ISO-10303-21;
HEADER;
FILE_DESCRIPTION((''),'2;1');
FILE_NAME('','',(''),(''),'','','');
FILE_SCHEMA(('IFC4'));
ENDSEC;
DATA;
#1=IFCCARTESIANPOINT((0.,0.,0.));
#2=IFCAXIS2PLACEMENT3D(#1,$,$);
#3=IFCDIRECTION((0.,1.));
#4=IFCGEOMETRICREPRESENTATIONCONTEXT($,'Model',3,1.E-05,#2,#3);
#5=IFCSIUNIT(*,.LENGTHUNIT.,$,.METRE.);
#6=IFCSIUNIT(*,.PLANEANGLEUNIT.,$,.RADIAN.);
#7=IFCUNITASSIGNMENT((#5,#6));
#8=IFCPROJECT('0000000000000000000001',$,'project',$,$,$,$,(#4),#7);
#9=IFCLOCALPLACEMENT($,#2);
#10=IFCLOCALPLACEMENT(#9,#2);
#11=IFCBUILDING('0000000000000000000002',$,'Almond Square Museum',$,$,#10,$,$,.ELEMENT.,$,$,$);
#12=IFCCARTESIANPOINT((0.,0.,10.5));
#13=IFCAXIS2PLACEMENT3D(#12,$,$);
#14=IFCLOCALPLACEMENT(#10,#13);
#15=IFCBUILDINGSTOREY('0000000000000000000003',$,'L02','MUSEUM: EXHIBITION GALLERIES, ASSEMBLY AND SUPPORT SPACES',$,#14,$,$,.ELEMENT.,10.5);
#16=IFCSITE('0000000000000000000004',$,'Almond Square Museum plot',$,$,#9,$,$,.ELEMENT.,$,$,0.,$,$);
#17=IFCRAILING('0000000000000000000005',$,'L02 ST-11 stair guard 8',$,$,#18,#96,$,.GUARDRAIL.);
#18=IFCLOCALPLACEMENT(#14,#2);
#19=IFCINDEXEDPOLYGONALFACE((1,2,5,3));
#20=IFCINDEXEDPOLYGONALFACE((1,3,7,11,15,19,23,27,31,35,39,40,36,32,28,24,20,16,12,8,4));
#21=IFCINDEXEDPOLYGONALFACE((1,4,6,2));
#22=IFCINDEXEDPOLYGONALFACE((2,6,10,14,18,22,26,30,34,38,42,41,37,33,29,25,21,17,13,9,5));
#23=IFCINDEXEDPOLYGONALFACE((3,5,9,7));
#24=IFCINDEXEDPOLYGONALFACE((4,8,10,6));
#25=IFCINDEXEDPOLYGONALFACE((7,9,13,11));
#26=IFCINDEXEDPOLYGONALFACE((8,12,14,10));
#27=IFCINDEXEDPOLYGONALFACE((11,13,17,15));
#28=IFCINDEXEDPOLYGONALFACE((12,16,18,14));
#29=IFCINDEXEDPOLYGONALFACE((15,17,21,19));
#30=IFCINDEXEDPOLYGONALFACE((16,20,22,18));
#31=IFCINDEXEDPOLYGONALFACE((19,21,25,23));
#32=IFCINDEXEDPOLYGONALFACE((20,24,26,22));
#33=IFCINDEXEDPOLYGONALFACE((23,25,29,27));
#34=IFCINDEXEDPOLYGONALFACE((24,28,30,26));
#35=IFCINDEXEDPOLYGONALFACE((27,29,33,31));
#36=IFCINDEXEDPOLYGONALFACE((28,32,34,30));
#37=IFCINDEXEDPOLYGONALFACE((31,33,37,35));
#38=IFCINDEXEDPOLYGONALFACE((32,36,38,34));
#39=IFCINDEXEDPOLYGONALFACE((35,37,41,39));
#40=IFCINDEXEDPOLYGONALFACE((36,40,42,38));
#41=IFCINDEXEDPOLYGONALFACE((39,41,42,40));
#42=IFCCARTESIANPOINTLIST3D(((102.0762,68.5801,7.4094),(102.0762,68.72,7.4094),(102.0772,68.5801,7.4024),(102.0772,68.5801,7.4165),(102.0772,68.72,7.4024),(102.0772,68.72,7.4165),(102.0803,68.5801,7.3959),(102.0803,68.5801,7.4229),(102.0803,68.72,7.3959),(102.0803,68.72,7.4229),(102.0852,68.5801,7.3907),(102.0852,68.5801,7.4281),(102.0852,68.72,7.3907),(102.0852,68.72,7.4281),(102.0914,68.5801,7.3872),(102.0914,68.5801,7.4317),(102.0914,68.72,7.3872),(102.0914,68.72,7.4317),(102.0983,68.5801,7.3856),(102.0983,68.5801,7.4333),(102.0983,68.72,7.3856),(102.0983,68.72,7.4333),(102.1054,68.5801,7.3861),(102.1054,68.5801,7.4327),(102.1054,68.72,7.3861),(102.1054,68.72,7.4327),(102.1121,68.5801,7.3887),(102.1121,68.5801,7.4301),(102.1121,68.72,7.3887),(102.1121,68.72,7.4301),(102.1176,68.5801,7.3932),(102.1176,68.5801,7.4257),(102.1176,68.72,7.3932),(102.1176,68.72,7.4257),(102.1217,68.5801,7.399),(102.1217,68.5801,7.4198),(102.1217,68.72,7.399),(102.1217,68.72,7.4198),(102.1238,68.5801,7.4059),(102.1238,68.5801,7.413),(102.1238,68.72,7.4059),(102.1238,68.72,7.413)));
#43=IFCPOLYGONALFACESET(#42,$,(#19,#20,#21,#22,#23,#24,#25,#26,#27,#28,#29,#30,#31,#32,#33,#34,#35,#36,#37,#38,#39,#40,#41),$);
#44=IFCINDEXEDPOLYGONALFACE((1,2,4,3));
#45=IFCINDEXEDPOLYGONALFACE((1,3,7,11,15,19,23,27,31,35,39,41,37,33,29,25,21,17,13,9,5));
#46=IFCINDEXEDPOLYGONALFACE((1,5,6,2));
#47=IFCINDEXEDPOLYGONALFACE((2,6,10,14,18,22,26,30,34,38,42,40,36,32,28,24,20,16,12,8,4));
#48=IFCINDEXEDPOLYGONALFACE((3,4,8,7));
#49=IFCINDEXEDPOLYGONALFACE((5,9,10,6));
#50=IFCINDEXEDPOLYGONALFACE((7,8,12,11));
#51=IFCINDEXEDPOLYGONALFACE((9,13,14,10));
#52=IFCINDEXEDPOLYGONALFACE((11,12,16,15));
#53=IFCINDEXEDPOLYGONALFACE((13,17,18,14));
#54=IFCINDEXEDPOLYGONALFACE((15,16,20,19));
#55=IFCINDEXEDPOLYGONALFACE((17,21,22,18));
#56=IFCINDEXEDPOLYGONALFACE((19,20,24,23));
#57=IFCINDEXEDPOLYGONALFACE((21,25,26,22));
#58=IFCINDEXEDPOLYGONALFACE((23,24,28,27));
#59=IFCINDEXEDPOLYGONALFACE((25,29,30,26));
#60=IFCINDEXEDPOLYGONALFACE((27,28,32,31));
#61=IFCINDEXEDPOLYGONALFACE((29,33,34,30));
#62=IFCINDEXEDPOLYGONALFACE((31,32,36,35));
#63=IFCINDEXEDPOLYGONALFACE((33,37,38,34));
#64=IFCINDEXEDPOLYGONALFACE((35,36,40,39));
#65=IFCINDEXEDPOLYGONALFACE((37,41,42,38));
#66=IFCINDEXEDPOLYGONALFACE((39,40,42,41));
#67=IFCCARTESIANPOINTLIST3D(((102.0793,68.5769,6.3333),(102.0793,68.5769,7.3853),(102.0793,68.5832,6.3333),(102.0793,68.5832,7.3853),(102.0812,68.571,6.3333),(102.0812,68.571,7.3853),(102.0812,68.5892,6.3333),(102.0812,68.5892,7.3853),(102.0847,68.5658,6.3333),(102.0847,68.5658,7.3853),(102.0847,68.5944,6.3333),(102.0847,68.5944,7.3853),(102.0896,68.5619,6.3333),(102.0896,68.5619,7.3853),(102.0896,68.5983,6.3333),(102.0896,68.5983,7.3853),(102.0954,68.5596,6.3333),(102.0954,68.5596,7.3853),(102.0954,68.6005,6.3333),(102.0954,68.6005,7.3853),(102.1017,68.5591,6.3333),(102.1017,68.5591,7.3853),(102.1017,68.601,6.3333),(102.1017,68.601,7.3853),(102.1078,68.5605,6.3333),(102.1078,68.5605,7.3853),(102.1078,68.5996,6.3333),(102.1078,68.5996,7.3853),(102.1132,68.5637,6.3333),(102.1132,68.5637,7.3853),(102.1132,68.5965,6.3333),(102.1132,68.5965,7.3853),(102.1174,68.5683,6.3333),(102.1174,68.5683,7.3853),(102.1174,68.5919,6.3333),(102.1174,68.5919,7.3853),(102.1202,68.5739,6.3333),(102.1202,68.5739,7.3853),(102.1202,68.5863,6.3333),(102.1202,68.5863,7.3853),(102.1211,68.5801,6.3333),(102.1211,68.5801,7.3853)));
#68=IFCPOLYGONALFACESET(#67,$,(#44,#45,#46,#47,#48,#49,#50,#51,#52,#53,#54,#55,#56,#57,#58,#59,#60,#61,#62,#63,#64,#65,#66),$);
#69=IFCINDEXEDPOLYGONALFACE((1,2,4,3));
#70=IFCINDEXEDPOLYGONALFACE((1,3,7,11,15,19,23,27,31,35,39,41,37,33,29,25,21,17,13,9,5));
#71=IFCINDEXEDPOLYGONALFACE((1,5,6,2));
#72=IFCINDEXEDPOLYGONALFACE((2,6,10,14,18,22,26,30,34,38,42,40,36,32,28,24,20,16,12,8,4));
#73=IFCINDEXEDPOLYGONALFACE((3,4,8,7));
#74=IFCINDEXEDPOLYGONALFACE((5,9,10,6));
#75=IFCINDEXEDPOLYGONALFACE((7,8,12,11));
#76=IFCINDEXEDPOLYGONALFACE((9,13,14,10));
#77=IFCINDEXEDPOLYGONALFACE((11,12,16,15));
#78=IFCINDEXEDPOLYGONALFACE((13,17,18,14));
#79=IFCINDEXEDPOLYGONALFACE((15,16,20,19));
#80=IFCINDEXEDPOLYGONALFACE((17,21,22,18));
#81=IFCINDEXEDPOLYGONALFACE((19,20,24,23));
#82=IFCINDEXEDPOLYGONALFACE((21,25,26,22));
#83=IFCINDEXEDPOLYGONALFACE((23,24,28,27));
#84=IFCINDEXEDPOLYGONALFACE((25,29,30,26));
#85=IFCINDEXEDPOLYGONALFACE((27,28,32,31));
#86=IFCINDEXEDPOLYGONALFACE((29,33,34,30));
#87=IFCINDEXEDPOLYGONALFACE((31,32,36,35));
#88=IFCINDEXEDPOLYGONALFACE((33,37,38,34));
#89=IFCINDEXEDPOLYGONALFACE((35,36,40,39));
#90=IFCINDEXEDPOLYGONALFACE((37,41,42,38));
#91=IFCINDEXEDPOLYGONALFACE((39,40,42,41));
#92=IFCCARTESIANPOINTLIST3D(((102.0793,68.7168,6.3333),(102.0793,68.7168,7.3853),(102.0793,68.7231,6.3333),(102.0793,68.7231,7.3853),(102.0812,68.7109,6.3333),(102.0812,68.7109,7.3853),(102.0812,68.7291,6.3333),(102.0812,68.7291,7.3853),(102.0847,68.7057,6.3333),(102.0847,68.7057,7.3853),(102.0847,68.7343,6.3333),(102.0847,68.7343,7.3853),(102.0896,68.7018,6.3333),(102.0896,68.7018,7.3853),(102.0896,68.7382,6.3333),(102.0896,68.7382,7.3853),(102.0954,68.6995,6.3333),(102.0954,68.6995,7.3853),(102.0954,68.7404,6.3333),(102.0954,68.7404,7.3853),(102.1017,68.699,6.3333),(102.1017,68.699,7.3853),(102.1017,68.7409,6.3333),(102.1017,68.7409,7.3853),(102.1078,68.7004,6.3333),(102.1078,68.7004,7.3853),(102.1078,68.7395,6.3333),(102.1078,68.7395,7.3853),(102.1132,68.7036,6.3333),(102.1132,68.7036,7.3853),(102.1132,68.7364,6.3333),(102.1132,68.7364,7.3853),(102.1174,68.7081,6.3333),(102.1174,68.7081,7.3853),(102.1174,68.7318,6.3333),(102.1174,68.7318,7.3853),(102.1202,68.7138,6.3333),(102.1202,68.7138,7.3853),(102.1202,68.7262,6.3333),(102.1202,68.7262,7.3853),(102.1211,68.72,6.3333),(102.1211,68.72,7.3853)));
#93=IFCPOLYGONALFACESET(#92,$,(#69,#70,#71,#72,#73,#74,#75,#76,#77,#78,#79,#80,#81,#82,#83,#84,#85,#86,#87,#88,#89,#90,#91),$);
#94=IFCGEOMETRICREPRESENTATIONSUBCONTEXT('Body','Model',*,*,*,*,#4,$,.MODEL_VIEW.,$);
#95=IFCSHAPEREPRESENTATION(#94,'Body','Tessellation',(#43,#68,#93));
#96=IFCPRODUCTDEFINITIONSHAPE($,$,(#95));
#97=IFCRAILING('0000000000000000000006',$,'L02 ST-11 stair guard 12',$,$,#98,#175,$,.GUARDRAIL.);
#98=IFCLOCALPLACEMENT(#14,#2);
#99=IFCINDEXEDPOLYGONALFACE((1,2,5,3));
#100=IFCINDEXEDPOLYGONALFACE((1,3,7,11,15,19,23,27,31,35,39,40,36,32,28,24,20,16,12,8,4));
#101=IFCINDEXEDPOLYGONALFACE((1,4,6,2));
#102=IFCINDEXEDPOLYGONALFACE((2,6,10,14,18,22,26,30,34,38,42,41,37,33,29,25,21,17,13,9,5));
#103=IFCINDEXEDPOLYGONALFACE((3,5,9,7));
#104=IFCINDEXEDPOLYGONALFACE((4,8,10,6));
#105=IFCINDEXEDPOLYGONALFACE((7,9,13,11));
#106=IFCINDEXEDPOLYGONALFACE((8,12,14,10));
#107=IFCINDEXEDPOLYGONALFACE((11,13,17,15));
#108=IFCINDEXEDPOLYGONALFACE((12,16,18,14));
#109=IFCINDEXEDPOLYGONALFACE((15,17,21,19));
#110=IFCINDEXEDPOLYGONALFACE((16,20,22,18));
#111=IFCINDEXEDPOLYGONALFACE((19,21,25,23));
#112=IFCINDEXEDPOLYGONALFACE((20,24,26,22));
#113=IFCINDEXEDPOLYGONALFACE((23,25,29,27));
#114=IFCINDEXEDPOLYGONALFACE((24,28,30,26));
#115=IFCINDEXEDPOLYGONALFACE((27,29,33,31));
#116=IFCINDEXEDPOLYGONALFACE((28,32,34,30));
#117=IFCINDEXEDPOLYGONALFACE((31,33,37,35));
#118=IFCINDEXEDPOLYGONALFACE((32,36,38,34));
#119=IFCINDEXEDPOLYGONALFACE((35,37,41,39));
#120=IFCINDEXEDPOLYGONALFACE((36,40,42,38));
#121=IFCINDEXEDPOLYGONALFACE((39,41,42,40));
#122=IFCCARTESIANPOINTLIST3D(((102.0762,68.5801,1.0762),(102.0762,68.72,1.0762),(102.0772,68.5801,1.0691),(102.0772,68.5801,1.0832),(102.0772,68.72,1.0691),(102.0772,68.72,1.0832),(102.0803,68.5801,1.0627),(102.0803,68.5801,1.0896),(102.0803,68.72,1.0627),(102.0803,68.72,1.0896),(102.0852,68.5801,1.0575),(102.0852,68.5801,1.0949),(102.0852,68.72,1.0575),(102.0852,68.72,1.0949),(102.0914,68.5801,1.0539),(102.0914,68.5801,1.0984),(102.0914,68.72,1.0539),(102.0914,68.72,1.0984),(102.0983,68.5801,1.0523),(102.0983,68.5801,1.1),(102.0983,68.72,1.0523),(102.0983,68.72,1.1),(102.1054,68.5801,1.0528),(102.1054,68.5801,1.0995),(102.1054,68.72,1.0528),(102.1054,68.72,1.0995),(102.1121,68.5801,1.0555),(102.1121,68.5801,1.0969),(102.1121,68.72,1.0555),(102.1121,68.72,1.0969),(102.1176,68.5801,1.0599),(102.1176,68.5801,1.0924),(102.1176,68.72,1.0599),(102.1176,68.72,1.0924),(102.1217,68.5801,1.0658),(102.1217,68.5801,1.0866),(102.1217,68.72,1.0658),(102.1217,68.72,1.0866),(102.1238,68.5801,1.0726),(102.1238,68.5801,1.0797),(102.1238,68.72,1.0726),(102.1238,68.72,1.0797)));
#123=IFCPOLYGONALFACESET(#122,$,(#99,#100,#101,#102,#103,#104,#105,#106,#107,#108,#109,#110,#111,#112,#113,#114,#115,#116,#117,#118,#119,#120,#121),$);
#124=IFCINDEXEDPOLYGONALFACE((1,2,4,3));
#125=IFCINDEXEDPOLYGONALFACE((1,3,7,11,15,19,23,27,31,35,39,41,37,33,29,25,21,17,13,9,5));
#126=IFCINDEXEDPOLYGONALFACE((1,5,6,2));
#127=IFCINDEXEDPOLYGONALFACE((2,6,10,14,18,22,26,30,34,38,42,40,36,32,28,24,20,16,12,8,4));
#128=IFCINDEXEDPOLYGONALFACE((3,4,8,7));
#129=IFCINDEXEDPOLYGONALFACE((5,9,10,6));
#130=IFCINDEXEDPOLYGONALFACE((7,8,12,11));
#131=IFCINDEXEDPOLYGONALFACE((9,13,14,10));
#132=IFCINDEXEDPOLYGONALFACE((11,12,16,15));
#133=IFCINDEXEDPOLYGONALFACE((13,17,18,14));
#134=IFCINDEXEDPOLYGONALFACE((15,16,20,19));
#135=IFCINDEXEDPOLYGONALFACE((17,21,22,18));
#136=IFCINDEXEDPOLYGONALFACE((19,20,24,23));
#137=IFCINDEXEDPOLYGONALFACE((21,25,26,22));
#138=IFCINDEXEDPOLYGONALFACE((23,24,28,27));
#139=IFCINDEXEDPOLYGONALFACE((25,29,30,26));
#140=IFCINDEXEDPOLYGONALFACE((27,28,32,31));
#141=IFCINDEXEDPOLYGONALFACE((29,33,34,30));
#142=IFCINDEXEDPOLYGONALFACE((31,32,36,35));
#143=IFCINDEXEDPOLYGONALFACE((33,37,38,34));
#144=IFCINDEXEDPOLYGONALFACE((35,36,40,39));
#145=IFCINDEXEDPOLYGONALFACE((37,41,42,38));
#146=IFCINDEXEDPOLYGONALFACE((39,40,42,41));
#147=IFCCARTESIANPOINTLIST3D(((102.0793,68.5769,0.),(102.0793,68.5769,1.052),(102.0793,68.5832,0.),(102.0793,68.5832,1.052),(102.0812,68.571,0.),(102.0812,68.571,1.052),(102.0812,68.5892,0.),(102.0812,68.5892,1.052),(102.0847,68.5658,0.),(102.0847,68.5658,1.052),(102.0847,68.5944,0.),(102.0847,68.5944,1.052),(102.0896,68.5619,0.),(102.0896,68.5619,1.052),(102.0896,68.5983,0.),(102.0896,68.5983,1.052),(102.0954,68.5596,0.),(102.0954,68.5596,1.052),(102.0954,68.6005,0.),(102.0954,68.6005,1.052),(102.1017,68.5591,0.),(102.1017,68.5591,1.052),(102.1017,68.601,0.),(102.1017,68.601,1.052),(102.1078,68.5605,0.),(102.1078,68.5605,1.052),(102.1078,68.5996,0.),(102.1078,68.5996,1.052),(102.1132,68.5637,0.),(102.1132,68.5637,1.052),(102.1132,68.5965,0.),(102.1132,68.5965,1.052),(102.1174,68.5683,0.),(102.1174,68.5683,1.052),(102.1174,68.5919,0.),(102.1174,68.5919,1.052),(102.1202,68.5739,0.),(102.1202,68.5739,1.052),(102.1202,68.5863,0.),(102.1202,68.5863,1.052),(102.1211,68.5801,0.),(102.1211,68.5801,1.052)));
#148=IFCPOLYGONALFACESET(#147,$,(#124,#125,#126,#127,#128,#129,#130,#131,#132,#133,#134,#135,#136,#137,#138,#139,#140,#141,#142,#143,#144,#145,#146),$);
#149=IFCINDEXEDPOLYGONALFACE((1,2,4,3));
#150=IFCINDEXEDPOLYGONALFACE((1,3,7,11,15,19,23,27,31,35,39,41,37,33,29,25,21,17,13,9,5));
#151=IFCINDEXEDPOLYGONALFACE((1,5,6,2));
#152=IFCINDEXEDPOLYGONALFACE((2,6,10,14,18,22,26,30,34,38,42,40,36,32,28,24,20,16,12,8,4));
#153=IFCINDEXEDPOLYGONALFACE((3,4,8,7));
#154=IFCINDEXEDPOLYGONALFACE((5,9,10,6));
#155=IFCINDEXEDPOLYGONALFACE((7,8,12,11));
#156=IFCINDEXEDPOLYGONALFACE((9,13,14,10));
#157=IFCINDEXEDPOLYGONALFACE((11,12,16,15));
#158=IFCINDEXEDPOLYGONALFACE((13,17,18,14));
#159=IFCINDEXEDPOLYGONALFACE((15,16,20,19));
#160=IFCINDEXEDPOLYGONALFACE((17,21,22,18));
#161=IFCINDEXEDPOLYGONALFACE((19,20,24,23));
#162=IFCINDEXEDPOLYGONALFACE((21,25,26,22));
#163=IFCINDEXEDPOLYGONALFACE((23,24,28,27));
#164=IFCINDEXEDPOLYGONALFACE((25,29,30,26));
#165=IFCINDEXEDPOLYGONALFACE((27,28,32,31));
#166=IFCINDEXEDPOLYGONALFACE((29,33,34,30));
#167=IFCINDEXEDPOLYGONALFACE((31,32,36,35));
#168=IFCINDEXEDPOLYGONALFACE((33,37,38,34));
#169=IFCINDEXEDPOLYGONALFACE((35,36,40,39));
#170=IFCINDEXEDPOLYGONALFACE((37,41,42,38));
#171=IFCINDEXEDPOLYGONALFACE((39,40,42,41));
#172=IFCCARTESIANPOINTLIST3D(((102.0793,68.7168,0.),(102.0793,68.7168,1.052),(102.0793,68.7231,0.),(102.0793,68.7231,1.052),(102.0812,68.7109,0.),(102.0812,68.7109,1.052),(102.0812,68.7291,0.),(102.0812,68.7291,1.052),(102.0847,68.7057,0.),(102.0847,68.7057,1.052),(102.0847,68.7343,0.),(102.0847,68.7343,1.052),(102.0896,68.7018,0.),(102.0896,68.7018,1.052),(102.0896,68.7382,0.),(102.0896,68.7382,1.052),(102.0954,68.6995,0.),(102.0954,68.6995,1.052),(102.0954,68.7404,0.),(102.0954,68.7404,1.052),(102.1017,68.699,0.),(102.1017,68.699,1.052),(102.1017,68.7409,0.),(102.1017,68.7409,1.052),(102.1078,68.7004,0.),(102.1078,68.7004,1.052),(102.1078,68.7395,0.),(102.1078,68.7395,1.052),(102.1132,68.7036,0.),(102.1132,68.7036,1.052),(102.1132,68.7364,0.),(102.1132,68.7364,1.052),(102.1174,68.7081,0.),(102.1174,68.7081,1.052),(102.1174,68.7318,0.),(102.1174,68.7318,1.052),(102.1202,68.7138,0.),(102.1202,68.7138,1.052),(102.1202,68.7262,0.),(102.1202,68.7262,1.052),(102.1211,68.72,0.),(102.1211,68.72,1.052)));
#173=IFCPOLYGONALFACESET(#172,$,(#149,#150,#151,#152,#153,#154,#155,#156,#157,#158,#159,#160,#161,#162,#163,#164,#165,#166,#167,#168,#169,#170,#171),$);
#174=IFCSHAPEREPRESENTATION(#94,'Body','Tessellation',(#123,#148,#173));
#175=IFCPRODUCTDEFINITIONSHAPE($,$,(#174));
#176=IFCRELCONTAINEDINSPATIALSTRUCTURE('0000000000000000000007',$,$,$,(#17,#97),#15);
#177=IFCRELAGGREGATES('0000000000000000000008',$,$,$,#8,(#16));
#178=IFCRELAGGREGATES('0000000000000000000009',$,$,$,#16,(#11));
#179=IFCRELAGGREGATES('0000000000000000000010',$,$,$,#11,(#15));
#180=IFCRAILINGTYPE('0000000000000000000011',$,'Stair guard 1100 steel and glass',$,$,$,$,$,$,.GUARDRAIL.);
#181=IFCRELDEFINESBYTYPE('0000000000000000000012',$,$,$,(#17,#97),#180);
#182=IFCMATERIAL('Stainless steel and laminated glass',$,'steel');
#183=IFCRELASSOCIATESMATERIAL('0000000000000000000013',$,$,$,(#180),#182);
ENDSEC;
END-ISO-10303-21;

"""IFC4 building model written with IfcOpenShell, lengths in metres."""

from ifc_helpers import new_model, si_unit, direction, frame, origin, origin_2d, place, context, subcontext, project, spatial, circle, extrude, material, type_object, element, save


model = new_model("IFC4")

# Units and contexts
model_context = context("Model", 3, precision=1e-05, world=origin(), true_north=direction((0.0, 1.0)))
body_context = subcontext(model_context, "Body", "Model", "MODEL_VIEW")
ifc_project = project(units=[si_unit("LENGTHUNIT", "METRE"), si_unit("PLANEANGLEUNIT", "RADIAN")], contexts=[model_context])

# Site, building, storey
site_placement = place(None, origin())
site = spatial("IfcSite", under=ifc_project, at=site_placement, Name="Almond Square Museum plot", CompositionType="ELEMENT", RefElevation=0.0)
building_placement = place(site_placement, origin())
building = spatial("IfcBuilding", under=site, at=building_placement, Name="Almond Square Museum", CompositionType="ELEMENT")
storey_placement = place(building_placement, frame((0.0, 0.0, 10.5)))
storey = spatial("IfcBuildingStorey", under=building, at=storey_placement, Name="L02", Description="MUSEUM: EXHIBITION GALLERIES, ASSEMBLY AND SUPPORT SPACES", CompositionType="ELEMENT", Elevation=10.5)

# Railings
ifc_material_1 = material(Name="Stainless steel and laminated glass", Category="steel")
railing_type = type_object("IfcRailingType", Name="Stair guard 1100 steel and glass", PredefinedType="GUARDRAIL", material=ifc_material_1)
for number, where, name in (
    (1, (102.1001, 68.5801, 6.3333), "L02 ST-11 stair guard 8"),
    (2, (102.1001, 68.5801, 0.0), "L02 ST-11 stair guard 12"),
):
    element("IfcRailing", number, at=place(storey_placement, frame(where)), inside=storey, type_object=railing_type, Name=name, PredefinedType="GUARDRAIL", context=body_context, shape_type="SweptSolid", body=[
        extrude(circle(Radius=0.0239, at=origin_2d()), frame((0.0, 0.0, 1.0762), z_axis=(0.0, 1.0, 0.0), x_axis=(-1.0, 0.0, 0.0)), (0.0, 0.0, 1.0), 0.1399),
        extrude(circle(Radius=0.021, at=origin_2d()), origin(), (0.0, 0.0, 1.0), 1.052),
        extrude(circle(Radius=0.021, at=origin_2d()), frame((0.0, 0.1399, 0.0)), (0.0, 0.0, 1.0), 1.052),
    ])

save(model, "model.ifc")
